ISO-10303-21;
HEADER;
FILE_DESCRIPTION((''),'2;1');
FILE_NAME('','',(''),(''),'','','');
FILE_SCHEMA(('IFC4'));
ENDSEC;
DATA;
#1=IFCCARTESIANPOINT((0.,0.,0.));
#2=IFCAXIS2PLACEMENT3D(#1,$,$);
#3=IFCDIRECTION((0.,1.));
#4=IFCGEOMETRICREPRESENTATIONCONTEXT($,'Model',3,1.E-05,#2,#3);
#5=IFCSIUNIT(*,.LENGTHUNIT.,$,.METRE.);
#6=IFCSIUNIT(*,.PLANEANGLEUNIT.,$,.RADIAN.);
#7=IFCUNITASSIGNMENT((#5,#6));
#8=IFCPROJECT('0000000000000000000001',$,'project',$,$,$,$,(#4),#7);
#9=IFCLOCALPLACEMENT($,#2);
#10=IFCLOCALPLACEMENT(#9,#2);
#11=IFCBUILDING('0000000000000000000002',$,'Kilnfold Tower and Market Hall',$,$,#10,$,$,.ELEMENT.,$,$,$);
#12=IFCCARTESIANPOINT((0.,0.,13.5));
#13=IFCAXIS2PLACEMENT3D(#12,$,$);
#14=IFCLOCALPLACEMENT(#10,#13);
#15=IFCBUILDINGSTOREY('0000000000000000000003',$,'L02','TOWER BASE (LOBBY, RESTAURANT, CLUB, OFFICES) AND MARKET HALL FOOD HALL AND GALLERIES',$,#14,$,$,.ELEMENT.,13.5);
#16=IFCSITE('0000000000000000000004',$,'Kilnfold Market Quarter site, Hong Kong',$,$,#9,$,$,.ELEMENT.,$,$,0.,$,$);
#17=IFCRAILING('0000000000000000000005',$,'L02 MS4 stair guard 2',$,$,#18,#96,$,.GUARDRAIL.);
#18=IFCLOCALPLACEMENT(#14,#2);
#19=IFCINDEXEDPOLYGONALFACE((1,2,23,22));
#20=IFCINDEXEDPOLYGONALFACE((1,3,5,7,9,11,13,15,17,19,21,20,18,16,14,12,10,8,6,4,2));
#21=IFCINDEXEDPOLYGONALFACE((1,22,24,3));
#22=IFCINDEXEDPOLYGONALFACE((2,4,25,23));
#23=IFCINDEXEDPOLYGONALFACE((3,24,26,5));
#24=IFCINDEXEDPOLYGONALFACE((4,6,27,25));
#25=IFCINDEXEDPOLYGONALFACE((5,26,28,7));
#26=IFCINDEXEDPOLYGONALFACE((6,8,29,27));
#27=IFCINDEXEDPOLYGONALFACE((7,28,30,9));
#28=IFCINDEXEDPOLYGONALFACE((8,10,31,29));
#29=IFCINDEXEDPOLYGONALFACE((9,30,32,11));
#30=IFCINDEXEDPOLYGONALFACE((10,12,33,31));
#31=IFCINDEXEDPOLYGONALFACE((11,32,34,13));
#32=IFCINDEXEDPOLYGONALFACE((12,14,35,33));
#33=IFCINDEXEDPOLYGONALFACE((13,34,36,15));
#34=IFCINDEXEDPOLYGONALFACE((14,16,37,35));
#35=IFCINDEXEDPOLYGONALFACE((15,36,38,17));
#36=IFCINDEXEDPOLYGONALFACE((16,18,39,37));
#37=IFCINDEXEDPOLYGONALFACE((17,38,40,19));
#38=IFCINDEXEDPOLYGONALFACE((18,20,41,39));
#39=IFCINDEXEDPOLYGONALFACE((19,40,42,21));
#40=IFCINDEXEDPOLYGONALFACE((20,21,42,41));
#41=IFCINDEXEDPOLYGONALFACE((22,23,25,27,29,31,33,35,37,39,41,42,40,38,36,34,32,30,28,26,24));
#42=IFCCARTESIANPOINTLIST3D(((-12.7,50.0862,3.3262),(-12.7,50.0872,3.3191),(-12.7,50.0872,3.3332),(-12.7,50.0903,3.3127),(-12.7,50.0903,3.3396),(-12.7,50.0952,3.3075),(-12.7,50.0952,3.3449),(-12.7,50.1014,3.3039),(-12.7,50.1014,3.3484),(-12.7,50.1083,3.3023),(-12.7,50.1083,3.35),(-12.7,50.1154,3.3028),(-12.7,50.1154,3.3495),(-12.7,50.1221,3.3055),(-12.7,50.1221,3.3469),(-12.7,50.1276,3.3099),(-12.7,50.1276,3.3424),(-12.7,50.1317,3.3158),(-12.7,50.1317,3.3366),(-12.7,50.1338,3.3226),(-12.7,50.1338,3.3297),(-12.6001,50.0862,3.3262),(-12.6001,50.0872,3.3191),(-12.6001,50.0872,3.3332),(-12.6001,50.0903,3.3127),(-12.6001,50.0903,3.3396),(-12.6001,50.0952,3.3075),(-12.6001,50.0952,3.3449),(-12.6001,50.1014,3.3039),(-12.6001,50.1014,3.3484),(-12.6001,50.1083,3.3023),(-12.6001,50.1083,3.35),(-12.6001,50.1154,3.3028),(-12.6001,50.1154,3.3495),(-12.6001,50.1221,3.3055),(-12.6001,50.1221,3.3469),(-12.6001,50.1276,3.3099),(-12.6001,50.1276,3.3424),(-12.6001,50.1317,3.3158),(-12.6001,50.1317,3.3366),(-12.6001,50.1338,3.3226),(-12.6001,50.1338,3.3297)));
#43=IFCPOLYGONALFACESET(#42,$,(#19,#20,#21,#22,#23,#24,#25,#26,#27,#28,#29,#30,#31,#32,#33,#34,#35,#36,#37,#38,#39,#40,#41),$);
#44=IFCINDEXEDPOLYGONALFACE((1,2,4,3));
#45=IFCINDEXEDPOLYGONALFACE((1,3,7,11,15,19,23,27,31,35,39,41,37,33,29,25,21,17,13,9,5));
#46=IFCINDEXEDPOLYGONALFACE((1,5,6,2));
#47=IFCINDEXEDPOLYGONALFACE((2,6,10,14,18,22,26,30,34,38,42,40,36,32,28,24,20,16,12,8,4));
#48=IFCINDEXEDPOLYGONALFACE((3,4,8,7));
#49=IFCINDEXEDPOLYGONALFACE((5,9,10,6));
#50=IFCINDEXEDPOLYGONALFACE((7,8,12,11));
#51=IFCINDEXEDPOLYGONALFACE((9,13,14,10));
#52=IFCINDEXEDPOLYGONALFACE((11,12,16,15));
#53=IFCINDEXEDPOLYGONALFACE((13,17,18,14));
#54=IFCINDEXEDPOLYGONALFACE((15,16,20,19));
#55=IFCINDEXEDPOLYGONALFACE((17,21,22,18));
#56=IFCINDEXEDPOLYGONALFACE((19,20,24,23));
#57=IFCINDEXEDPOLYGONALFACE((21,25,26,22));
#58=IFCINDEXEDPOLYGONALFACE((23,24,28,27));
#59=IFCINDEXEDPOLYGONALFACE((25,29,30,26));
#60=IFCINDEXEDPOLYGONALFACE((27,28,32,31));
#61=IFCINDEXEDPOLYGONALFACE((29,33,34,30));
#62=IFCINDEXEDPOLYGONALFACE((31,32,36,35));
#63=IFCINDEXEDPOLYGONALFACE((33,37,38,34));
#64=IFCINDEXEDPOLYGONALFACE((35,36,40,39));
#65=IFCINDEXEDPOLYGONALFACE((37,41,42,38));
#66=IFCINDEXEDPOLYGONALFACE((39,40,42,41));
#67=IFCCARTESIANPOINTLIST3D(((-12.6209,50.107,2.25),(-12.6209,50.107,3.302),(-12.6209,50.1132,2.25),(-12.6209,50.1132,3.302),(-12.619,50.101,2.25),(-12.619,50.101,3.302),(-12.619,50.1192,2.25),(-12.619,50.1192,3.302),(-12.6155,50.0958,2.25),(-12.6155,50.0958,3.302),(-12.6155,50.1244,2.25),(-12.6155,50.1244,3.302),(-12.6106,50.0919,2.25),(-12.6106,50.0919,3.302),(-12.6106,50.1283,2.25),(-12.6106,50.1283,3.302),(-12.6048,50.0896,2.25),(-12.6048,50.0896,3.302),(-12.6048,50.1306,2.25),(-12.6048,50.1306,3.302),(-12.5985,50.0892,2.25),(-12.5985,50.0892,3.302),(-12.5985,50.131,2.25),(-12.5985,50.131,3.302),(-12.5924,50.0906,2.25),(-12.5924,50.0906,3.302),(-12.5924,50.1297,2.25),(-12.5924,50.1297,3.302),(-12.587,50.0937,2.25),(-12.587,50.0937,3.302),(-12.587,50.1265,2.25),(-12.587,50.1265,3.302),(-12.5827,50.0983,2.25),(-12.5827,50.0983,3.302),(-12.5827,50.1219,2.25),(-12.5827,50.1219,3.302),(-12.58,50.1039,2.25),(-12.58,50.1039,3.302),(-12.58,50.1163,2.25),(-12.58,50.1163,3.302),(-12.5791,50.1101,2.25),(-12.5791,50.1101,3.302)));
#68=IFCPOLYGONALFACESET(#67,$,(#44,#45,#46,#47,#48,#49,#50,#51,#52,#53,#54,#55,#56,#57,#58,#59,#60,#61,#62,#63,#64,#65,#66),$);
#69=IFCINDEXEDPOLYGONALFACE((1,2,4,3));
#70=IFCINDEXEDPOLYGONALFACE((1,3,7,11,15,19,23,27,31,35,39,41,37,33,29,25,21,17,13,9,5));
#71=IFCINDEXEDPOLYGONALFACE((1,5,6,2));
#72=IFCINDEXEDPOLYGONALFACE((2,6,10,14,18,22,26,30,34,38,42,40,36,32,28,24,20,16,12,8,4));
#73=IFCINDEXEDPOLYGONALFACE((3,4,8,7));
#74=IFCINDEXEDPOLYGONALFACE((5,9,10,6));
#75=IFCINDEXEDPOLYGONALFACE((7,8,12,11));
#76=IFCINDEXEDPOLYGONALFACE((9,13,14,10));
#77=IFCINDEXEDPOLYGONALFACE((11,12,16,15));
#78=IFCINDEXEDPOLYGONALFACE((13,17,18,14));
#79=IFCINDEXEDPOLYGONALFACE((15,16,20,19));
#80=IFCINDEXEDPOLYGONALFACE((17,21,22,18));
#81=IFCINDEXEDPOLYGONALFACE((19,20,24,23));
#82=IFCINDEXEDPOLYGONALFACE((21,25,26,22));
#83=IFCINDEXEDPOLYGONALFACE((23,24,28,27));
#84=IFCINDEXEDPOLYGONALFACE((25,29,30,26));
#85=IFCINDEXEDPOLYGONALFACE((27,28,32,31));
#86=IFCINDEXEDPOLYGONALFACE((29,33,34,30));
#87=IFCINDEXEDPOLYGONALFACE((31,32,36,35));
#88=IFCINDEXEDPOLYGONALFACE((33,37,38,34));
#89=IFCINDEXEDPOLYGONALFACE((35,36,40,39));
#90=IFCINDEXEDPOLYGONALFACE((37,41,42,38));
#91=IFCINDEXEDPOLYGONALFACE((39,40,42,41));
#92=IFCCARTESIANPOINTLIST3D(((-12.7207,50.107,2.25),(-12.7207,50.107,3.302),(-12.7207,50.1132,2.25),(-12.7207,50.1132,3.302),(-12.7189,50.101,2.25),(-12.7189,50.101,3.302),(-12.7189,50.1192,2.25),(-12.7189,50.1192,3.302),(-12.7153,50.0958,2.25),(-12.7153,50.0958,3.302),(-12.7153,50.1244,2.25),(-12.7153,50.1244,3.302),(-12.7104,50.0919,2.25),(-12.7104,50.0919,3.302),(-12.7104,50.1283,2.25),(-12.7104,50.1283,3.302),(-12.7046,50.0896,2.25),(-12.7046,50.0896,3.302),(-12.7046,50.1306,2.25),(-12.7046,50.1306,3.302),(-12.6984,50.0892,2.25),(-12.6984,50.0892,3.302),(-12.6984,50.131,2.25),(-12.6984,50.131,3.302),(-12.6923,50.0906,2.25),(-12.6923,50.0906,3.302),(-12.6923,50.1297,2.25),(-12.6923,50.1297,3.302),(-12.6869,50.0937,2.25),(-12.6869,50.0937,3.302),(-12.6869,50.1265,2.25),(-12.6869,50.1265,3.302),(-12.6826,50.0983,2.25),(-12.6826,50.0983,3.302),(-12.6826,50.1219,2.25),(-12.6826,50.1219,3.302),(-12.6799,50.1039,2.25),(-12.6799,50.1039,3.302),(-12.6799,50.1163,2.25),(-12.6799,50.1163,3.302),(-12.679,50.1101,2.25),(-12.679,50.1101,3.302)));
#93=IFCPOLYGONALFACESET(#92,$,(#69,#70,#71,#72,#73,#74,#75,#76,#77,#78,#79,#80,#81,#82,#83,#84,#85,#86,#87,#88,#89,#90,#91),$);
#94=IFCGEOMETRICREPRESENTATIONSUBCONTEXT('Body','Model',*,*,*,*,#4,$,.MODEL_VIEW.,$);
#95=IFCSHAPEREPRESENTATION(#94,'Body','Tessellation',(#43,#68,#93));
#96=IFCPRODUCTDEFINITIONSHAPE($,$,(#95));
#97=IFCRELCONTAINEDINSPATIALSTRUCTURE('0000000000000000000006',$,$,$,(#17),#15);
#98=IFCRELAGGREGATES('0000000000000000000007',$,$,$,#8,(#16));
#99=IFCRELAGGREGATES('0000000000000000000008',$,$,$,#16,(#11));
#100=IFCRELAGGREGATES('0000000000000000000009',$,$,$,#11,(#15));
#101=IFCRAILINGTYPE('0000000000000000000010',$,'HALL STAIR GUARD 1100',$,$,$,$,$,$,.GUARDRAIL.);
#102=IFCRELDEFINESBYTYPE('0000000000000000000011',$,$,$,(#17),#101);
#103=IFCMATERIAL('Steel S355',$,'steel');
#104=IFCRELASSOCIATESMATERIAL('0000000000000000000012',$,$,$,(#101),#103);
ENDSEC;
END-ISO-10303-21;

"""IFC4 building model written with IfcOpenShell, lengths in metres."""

from ifc_helpers import new_model, si_unit, direction, frame, origin, origin_2d, place, context, subcontext, project, spatial, circle, extrude, material, type_object, element, save


model = new_model("IFC4")

# Units and contexts
model_context = context("Model", 3, precision=1e-05, world=origin(), true_north=direction((0.0, 1.0)))
body_context = subcontext(model_context, "Body", "Model", "MODEL_VIEW")
ifc_project = project(units=[si_unit("LENGTHUNIT", "METRE"), si_unit("PLANEANGLEUNIT", "RADIAN")], contexts=[model_context])

# Site, building, storey
site_placement = place(None, origin())
site = spatial("IfcSite", under=ifc_project, at=site_placement, Name="Kilnfold Market Quarter site, Hong Kong", CompositionType="ELEMENT", RefElevation=0.0)
building_placement = place(site_placement, origin())
building = spatial("IfcBuilding", under=site, at=building_placement, Name="Kilnfold Tower and Market Hall", CompositionType="ELEMENT")
storey_placement = place(building_placement, frame((0.0, 0.0, 13.5)))
storey = spatial("IfcBuildingStorey", under=building, at=storey_placement, Name="L02", Description="TOWER BASE (LOBBY, RESTAURANT, CLUB, OFFICES) AND MARKET HALL FOOD HALL AND GALLERIES", CompositionType="ELEMENT", Elevation=13.5)

# Railing
ifc_material_1 = material(Name="Steel S355", Category="steel")
railing_type_1 = type_object("IfcRailingType", Name="HALL STAIR GUARD 1100", PredefinedType="GUARDRAIL", material=ifc_material_1)
railing_1_placement = place(storey_placement, frame((-12.6001, 50.1101, 2.25)))
element("IfcRailing", 1, at=railing_1_placement, inside=storey, type_object=railing_type_1, Name="L02 MS4 stair guard 2", PredefinedType="GUARDRAIL", context=body_context, shape_type="SweptSolid", body=[
    extrude(circle(Radius=0.0239, at=origin_2d()), frame((0.0, 0.0, 1.0762), z_axis=(-1.0, 0.0, 0.0), x_axis=(0.0, -1.0, 0.0)), (0.0, 0.0, 1.0), 0.0999),
    extrude(circle(Radius=0.021, at=origin_2d()), origin(), (0.0, 0.0, 1.0), 1.052),
    extrude(circle(Radius=0.021, at=origin_2d()), frame((-0.0999, 0.0, 0.0)), (0.0, 0.0, 1.0), 1.052),
])

save(model, "model.ifc")
